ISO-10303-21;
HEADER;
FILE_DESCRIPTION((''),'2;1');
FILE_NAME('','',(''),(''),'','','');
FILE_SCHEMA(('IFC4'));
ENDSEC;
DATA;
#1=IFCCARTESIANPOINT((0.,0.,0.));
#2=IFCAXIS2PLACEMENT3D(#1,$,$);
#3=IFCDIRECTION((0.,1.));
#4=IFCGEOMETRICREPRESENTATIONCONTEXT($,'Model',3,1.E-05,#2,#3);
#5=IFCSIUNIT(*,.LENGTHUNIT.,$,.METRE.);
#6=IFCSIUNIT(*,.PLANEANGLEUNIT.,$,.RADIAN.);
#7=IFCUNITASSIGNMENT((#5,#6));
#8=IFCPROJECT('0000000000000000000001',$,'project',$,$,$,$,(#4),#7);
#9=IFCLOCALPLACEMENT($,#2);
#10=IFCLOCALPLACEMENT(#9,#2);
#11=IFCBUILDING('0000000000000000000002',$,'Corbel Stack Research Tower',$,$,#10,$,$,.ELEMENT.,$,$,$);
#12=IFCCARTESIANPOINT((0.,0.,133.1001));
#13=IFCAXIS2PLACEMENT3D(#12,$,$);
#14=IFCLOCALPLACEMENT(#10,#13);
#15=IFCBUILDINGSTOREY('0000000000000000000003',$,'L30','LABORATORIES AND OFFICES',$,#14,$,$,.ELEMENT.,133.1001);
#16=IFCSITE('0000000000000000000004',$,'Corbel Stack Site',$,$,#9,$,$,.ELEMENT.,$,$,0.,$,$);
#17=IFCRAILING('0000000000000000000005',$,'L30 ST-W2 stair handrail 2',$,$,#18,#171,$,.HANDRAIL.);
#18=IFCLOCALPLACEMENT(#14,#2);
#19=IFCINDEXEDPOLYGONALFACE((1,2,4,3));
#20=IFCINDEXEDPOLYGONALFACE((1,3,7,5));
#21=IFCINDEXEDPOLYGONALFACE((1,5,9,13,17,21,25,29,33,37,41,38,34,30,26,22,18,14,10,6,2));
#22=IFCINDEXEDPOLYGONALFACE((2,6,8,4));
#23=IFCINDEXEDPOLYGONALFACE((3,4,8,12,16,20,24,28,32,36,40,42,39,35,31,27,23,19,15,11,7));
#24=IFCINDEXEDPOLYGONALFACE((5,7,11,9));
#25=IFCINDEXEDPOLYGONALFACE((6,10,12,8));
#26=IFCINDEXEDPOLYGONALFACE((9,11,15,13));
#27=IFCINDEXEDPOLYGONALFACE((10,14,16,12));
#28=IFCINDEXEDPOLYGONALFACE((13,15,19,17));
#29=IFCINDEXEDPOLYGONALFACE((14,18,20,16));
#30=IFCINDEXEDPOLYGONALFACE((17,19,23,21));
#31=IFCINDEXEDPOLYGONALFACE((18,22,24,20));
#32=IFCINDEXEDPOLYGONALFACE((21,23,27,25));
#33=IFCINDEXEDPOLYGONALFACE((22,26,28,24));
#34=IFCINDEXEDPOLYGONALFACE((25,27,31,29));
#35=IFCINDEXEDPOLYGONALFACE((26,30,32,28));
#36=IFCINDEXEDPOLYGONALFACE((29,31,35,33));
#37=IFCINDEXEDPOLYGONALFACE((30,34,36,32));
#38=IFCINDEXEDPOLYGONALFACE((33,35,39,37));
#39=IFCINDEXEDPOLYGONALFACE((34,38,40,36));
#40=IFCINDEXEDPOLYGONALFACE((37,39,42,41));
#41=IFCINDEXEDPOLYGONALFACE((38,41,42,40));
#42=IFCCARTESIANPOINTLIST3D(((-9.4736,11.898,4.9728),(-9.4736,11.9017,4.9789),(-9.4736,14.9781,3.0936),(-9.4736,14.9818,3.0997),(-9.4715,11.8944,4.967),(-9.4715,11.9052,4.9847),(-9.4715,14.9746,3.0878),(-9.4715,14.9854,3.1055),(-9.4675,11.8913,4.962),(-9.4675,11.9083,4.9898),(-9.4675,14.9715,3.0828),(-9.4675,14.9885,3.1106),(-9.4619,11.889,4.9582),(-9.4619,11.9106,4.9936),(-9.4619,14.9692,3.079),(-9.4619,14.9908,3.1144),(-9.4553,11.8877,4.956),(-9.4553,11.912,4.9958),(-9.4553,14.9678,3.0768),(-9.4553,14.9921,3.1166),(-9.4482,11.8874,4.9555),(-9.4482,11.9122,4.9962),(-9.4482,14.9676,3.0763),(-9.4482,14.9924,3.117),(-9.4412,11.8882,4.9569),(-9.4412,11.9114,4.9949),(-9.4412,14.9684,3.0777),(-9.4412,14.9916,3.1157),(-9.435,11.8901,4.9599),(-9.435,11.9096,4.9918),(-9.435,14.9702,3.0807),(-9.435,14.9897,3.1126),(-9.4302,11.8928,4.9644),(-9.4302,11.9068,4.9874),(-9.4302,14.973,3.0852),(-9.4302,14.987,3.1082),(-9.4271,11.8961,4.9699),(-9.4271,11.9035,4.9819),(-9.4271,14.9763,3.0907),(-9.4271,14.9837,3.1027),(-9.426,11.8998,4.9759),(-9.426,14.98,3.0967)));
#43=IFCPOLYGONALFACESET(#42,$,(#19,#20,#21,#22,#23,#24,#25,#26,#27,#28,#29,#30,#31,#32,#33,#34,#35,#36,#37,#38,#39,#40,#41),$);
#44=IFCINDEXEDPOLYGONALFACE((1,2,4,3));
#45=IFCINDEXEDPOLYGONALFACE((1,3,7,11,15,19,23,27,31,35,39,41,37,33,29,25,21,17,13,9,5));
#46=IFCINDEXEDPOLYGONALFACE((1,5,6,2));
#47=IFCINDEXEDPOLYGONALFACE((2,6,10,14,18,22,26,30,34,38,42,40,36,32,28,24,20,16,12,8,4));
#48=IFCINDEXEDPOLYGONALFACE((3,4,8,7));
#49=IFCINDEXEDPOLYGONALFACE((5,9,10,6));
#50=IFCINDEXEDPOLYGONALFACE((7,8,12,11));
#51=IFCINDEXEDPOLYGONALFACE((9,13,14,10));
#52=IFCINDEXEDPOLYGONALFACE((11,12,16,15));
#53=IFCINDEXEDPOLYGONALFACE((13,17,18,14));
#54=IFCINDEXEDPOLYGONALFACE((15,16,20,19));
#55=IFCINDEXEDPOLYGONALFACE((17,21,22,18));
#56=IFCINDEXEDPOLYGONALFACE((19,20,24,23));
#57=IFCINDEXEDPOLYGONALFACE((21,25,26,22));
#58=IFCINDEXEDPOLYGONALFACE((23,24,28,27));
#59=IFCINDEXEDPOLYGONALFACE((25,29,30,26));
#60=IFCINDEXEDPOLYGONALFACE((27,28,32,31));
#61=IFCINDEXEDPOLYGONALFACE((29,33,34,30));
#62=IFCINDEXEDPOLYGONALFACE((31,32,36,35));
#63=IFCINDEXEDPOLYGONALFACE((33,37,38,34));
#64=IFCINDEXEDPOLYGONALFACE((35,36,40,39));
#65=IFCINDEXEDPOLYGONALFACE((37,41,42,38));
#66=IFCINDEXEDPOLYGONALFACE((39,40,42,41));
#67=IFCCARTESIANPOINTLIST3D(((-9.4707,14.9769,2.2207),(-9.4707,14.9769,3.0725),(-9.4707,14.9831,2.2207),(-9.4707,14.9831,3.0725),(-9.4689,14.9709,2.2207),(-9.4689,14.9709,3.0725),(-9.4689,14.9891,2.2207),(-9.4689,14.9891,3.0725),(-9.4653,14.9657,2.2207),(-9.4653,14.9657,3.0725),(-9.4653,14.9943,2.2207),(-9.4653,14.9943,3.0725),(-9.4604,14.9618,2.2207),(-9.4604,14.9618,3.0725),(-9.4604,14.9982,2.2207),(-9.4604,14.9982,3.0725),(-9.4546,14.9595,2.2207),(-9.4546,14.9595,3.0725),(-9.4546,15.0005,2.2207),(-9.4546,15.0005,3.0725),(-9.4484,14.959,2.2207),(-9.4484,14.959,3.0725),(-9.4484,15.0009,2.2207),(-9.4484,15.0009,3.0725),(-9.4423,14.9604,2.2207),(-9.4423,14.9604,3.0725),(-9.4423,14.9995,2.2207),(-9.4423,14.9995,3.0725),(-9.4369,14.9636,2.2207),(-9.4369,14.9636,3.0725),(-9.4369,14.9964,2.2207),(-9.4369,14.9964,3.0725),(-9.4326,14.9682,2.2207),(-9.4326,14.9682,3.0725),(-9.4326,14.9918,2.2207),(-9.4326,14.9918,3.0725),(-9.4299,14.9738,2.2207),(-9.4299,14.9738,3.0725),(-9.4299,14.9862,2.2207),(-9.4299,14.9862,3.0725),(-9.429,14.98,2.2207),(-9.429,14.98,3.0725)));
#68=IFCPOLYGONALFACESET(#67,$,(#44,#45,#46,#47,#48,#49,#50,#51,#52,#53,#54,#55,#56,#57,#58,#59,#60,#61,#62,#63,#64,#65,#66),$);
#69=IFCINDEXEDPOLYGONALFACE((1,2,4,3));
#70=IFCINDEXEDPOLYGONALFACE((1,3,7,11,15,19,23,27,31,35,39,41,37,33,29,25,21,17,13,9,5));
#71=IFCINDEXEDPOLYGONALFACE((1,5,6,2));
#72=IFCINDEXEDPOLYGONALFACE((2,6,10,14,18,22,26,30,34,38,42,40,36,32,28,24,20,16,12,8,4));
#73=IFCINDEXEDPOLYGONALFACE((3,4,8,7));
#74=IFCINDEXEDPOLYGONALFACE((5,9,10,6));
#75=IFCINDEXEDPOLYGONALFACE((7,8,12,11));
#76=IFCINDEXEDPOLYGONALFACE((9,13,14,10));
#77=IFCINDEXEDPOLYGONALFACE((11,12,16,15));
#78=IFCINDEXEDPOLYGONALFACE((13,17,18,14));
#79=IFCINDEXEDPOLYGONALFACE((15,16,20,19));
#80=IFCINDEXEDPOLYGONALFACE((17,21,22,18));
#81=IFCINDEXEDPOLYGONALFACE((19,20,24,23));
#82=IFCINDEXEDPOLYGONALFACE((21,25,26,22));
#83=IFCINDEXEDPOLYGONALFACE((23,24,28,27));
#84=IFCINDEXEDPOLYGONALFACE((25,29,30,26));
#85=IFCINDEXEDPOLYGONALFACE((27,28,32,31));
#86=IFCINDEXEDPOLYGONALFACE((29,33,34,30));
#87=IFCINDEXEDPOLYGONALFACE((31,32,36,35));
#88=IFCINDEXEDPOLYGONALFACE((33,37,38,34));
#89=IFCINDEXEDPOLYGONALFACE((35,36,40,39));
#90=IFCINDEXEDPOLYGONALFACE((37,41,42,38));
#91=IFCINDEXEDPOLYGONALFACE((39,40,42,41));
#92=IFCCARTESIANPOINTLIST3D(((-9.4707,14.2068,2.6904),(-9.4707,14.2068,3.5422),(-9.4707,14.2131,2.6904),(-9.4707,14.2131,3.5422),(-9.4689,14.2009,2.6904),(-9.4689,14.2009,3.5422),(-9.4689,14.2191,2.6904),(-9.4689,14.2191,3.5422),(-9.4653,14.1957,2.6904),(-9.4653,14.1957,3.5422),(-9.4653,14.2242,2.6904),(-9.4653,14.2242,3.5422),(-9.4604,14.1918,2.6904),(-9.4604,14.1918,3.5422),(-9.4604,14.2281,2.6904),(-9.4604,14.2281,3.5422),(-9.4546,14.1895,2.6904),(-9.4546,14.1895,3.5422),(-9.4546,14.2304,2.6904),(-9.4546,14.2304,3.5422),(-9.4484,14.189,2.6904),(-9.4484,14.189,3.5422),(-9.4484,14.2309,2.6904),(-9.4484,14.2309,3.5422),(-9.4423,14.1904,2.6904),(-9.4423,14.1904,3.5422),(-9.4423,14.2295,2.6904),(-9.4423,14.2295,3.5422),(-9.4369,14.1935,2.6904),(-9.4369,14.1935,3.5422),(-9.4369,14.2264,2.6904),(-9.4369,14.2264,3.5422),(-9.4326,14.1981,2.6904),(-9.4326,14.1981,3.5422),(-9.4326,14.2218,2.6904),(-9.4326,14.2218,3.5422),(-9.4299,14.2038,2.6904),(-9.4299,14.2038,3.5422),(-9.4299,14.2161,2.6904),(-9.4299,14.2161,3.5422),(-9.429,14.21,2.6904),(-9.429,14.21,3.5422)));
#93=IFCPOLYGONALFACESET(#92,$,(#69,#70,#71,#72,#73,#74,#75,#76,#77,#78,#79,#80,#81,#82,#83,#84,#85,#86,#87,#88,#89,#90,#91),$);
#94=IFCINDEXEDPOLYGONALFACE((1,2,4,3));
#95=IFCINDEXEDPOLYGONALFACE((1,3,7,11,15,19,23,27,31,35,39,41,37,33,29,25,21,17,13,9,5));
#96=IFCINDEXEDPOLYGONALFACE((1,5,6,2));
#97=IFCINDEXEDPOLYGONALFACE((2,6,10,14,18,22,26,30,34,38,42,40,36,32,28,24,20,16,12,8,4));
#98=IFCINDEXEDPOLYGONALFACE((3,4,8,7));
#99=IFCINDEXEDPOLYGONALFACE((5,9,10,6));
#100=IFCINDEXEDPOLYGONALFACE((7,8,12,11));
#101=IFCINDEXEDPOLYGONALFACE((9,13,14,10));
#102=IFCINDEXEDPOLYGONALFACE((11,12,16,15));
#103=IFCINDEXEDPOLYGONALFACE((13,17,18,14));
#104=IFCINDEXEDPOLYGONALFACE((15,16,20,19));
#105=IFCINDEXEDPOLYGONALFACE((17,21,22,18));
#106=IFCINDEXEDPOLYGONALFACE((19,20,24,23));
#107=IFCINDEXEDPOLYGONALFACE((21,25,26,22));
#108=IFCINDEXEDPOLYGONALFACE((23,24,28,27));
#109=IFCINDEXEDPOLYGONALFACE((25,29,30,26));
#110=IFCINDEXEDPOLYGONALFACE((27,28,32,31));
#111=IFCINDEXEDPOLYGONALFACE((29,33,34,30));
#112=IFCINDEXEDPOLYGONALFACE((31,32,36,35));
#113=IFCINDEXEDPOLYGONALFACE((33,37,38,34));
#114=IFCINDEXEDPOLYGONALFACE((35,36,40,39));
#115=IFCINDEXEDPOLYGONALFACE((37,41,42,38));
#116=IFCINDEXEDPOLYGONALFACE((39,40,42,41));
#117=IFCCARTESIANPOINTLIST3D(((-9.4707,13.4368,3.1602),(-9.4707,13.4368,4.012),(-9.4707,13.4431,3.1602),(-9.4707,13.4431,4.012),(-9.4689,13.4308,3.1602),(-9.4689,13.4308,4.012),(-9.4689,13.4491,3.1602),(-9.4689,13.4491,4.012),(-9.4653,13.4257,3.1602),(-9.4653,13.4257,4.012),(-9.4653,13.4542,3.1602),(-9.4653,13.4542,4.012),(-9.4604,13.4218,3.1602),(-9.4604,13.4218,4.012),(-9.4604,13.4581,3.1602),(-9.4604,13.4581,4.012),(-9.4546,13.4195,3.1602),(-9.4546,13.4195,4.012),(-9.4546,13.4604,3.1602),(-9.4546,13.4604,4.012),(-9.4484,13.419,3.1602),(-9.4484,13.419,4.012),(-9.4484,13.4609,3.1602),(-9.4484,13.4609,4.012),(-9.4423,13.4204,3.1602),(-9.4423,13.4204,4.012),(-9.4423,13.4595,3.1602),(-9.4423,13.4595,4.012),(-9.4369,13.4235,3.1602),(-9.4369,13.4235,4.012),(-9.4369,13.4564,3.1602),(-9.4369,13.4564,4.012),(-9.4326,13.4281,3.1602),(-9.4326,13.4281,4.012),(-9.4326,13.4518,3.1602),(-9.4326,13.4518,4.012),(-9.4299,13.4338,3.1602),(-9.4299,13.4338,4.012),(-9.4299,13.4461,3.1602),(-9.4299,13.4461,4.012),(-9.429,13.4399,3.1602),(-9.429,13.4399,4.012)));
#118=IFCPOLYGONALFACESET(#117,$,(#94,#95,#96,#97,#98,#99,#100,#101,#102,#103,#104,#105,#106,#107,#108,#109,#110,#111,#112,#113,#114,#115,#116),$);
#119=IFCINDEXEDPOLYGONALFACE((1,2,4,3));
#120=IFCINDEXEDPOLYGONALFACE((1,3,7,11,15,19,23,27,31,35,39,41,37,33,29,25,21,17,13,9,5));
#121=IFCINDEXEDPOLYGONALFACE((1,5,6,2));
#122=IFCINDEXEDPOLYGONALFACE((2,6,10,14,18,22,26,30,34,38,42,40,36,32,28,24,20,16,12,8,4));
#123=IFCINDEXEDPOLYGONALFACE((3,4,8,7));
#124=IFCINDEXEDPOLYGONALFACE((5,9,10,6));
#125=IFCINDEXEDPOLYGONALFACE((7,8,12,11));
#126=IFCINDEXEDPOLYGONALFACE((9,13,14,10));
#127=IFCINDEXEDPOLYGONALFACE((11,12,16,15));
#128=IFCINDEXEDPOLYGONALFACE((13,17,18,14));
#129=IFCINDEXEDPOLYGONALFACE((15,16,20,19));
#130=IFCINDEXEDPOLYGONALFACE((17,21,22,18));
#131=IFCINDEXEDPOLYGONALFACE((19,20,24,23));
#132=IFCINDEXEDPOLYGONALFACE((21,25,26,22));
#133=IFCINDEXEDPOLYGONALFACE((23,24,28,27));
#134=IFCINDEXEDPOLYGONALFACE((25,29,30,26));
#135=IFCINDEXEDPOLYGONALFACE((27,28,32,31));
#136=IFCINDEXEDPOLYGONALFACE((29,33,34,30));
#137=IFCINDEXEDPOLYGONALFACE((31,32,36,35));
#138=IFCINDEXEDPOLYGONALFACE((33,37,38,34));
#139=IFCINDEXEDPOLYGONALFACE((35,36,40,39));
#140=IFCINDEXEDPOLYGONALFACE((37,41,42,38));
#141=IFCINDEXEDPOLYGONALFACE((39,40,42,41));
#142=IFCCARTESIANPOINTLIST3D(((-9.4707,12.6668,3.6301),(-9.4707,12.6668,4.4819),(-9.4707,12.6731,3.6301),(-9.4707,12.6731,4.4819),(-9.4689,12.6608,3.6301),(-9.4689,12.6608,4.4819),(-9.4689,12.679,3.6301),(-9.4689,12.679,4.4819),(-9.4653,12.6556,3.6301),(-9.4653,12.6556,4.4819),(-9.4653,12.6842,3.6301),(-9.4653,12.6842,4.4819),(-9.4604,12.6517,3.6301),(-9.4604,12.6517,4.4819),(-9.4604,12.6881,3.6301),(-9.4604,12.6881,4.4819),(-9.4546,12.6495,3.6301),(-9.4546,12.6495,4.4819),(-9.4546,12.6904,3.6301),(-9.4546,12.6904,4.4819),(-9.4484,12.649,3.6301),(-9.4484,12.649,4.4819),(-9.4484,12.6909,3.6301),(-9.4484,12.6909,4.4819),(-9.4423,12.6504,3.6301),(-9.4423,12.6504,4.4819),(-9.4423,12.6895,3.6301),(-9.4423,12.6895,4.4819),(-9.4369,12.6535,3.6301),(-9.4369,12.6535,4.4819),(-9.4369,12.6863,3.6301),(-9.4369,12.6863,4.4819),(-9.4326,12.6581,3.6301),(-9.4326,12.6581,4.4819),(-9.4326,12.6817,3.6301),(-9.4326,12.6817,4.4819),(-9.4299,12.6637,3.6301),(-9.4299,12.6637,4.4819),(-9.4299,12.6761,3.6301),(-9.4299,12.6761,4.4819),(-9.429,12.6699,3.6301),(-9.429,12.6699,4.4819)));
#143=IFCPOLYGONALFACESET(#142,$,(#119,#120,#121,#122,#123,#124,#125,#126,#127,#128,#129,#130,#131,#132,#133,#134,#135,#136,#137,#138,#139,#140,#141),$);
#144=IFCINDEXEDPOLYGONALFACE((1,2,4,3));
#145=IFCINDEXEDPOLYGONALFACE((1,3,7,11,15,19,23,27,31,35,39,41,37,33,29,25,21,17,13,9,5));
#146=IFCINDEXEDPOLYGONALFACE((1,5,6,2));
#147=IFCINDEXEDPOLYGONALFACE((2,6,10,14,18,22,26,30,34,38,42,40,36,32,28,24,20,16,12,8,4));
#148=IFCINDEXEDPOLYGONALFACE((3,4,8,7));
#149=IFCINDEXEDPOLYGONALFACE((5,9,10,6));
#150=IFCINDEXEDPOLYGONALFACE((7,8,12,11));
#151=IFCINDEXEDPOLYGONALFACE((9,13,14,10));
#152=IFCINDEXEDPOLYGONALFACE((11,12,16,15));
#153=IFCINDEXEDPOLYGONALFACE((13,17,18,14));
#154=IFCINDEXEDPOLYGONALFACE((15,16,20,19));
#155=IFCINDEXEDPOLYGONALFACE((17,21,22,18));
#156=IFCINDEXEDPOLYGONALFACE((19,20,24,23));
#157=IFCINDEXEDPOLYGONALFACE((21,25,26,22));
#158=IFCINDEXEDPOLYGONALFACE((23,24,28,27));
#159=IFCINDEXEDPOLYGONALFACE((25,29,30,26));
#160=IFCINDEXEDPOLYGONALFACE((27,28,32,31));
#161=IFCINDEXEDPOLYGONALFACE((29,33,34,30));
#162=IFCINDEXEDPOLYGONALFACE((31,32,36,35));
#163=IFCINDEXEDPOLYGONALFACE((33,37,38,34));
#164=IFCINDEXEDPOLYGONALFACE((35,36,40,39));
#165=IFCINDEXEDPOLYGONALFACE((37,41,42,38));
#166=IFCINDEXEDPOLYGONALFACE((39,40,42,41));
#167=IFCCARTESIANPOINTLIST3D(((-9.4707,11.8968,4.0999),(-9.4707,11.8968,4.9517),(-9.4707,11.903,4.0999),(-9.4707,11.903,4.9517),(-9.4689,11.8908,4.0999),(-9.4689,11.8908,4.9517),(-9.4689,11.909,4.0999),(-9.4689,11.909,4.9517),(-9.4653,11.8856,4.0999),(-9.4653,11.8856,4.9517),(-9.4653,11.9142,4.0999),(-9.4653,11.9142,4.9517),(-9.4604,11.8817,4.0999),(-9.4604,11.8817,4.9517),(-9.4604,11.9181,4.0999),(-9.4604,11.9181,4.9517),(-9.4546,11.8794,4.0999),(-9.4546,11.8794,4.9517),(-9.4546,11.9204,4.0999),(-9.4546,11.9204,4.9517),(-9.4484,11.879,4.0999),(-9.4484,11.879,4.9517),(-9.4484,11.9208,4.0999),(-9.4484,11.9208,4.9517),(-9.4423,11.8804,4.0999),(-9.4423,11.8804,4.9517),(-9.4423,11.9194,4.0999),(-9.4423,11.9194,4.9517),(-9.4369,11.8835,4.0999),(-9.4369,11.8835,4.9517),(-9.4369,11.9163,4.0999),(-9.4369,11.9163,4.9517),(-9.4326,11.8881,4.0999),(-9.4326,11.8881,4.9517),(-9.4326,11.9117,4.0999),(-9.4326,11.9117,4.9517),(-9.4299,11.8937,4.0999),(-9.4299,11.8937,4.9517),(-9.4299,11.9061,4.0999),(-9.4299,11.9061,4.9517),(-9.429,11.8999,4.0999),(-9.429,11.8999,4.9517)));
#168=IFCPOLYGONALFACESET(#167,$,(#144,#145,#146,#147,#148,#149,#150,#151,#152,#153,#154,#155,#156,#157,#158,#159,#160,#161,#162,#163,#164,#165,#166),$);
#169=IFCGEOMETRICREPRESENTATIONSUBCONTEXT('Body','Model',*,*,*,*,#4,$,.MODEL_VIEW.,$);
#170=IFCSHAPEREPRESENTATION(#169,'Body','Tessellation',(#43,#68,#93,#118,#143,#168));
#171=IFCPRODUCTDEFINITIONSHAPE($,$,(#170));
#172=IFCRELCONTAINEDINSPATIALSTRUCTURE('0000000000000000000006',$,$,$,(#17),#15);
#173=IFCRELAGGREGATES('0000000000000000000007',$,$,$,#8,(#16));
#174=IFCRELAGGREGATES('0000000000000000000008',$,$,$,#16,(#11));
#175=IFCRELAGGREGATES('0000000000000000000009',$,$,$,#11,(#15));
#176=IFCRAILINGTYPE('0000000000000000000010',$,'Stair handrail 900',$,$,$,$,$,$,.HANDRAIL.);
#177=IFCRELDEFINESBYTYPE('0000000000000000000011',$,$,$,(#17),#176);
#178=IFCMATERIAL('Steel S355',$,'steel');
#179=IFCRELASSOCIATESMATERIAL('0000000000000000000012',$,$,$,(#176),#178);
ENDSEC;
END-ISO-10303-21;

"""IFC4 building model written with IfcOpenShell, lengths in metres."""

from ifc_helpers import new_model, si_unit, direction, frame, origin, origin_2d, place, context, subcontext, project, spatial, circle, extrude, material, type_object, element, save


model = new_model("IFC4")

# Units and contexts
model_context = context("Model", 3, precision=1e-05, world=origin(), true_north=direction((0.0, 1.0)))
body_context = subcontext(model_context, "Body", "Model", "MODEL_VIEW")
ifc_project = project(units=[si_unit("LENGTHUNIT", "METRE"), si_unit("PLANEANGLEUNIT", "RADIAN")], contexts=[model_context])

# Site, building, storey
site_placement = place(None, origin())
site = spatial("IfcSite", under=ifc_project, at=site_placement, Name="Corbel Stack Site", CompositionType="ELEMENT", RefElevation=0.0)
building_placement = place(site_placement, origin())
building = spatial("IfcBuilding", under=site, at=building_placement, Name="Corbel Stack Research Tower", CompositionType="ELEMENT")
storey_placement = place(building_placement, frame((0.0, 0.0, 133.1001)))
storey = spatial("IfcBuildingStorey", under=building, at=storey_placement, Name="L30", Description="LABORATORIES AND OFFICES", CompositionType="ELEMENT", Elevation=133.1001)

# Railing
ifc_material_1 = material(Name="Steel S355", Category="steel")
railing_type_1 = type_object("IfcRailingType", Name="Stair handrail 900", PredefinedType="HANDRAIL", material=ifc_material_1)
railing_1_placement = place(storey_placement, frame((-9.45, 14.98, 2.2207)))
element("IfcRailing", 1, at=railing_1_placement, inside=storey, type_object=railing_type_1, Name="L30 ST-W2 stair handrail 2", PredefinedType="HANDRAIL", context=body_context, shape_type="SweptSolid", body=[
    extrude(circle(Radius=0.0239, at=origin_2d()), frame((0.0, 0.0, 0.876), z_axis=(0.0, -0.853666, 0.52082), x_axis=(1.0, 0.0, 0.0)), (0.0, 0.0, 1.0), 3.6082),
    extrude(circle(Radius=0.021, at=origin_2d()), origin(), (0.0, 0.0, 1.0), 0.8518),
    extrude(circle(Radius=0.021, at=origin_2d()), frame((0.0, -0.77, 0.4697)), (0.0, 0.0, 1.0), 0.8518),
    extrude(circle(Radius=0.021, at=origin_2d()), frame((0.0, -1.54, 0.9395)), (0.0, 0.0, 1.0), 0.8518),
    extrude(circle(Radius=0.021, at=origin_2d()), frame((0.0, -2.3101, 1.4094)), (0.0, 0.0, 1.0), 0.8518),
    extrude(circle(Radius=0.021, at=origin_2d()), frame((0.0, -3.0801, 1.8792)), (0.0, 0.0, 1.0), 0.8518),
])

save(model, "model.ifc")
